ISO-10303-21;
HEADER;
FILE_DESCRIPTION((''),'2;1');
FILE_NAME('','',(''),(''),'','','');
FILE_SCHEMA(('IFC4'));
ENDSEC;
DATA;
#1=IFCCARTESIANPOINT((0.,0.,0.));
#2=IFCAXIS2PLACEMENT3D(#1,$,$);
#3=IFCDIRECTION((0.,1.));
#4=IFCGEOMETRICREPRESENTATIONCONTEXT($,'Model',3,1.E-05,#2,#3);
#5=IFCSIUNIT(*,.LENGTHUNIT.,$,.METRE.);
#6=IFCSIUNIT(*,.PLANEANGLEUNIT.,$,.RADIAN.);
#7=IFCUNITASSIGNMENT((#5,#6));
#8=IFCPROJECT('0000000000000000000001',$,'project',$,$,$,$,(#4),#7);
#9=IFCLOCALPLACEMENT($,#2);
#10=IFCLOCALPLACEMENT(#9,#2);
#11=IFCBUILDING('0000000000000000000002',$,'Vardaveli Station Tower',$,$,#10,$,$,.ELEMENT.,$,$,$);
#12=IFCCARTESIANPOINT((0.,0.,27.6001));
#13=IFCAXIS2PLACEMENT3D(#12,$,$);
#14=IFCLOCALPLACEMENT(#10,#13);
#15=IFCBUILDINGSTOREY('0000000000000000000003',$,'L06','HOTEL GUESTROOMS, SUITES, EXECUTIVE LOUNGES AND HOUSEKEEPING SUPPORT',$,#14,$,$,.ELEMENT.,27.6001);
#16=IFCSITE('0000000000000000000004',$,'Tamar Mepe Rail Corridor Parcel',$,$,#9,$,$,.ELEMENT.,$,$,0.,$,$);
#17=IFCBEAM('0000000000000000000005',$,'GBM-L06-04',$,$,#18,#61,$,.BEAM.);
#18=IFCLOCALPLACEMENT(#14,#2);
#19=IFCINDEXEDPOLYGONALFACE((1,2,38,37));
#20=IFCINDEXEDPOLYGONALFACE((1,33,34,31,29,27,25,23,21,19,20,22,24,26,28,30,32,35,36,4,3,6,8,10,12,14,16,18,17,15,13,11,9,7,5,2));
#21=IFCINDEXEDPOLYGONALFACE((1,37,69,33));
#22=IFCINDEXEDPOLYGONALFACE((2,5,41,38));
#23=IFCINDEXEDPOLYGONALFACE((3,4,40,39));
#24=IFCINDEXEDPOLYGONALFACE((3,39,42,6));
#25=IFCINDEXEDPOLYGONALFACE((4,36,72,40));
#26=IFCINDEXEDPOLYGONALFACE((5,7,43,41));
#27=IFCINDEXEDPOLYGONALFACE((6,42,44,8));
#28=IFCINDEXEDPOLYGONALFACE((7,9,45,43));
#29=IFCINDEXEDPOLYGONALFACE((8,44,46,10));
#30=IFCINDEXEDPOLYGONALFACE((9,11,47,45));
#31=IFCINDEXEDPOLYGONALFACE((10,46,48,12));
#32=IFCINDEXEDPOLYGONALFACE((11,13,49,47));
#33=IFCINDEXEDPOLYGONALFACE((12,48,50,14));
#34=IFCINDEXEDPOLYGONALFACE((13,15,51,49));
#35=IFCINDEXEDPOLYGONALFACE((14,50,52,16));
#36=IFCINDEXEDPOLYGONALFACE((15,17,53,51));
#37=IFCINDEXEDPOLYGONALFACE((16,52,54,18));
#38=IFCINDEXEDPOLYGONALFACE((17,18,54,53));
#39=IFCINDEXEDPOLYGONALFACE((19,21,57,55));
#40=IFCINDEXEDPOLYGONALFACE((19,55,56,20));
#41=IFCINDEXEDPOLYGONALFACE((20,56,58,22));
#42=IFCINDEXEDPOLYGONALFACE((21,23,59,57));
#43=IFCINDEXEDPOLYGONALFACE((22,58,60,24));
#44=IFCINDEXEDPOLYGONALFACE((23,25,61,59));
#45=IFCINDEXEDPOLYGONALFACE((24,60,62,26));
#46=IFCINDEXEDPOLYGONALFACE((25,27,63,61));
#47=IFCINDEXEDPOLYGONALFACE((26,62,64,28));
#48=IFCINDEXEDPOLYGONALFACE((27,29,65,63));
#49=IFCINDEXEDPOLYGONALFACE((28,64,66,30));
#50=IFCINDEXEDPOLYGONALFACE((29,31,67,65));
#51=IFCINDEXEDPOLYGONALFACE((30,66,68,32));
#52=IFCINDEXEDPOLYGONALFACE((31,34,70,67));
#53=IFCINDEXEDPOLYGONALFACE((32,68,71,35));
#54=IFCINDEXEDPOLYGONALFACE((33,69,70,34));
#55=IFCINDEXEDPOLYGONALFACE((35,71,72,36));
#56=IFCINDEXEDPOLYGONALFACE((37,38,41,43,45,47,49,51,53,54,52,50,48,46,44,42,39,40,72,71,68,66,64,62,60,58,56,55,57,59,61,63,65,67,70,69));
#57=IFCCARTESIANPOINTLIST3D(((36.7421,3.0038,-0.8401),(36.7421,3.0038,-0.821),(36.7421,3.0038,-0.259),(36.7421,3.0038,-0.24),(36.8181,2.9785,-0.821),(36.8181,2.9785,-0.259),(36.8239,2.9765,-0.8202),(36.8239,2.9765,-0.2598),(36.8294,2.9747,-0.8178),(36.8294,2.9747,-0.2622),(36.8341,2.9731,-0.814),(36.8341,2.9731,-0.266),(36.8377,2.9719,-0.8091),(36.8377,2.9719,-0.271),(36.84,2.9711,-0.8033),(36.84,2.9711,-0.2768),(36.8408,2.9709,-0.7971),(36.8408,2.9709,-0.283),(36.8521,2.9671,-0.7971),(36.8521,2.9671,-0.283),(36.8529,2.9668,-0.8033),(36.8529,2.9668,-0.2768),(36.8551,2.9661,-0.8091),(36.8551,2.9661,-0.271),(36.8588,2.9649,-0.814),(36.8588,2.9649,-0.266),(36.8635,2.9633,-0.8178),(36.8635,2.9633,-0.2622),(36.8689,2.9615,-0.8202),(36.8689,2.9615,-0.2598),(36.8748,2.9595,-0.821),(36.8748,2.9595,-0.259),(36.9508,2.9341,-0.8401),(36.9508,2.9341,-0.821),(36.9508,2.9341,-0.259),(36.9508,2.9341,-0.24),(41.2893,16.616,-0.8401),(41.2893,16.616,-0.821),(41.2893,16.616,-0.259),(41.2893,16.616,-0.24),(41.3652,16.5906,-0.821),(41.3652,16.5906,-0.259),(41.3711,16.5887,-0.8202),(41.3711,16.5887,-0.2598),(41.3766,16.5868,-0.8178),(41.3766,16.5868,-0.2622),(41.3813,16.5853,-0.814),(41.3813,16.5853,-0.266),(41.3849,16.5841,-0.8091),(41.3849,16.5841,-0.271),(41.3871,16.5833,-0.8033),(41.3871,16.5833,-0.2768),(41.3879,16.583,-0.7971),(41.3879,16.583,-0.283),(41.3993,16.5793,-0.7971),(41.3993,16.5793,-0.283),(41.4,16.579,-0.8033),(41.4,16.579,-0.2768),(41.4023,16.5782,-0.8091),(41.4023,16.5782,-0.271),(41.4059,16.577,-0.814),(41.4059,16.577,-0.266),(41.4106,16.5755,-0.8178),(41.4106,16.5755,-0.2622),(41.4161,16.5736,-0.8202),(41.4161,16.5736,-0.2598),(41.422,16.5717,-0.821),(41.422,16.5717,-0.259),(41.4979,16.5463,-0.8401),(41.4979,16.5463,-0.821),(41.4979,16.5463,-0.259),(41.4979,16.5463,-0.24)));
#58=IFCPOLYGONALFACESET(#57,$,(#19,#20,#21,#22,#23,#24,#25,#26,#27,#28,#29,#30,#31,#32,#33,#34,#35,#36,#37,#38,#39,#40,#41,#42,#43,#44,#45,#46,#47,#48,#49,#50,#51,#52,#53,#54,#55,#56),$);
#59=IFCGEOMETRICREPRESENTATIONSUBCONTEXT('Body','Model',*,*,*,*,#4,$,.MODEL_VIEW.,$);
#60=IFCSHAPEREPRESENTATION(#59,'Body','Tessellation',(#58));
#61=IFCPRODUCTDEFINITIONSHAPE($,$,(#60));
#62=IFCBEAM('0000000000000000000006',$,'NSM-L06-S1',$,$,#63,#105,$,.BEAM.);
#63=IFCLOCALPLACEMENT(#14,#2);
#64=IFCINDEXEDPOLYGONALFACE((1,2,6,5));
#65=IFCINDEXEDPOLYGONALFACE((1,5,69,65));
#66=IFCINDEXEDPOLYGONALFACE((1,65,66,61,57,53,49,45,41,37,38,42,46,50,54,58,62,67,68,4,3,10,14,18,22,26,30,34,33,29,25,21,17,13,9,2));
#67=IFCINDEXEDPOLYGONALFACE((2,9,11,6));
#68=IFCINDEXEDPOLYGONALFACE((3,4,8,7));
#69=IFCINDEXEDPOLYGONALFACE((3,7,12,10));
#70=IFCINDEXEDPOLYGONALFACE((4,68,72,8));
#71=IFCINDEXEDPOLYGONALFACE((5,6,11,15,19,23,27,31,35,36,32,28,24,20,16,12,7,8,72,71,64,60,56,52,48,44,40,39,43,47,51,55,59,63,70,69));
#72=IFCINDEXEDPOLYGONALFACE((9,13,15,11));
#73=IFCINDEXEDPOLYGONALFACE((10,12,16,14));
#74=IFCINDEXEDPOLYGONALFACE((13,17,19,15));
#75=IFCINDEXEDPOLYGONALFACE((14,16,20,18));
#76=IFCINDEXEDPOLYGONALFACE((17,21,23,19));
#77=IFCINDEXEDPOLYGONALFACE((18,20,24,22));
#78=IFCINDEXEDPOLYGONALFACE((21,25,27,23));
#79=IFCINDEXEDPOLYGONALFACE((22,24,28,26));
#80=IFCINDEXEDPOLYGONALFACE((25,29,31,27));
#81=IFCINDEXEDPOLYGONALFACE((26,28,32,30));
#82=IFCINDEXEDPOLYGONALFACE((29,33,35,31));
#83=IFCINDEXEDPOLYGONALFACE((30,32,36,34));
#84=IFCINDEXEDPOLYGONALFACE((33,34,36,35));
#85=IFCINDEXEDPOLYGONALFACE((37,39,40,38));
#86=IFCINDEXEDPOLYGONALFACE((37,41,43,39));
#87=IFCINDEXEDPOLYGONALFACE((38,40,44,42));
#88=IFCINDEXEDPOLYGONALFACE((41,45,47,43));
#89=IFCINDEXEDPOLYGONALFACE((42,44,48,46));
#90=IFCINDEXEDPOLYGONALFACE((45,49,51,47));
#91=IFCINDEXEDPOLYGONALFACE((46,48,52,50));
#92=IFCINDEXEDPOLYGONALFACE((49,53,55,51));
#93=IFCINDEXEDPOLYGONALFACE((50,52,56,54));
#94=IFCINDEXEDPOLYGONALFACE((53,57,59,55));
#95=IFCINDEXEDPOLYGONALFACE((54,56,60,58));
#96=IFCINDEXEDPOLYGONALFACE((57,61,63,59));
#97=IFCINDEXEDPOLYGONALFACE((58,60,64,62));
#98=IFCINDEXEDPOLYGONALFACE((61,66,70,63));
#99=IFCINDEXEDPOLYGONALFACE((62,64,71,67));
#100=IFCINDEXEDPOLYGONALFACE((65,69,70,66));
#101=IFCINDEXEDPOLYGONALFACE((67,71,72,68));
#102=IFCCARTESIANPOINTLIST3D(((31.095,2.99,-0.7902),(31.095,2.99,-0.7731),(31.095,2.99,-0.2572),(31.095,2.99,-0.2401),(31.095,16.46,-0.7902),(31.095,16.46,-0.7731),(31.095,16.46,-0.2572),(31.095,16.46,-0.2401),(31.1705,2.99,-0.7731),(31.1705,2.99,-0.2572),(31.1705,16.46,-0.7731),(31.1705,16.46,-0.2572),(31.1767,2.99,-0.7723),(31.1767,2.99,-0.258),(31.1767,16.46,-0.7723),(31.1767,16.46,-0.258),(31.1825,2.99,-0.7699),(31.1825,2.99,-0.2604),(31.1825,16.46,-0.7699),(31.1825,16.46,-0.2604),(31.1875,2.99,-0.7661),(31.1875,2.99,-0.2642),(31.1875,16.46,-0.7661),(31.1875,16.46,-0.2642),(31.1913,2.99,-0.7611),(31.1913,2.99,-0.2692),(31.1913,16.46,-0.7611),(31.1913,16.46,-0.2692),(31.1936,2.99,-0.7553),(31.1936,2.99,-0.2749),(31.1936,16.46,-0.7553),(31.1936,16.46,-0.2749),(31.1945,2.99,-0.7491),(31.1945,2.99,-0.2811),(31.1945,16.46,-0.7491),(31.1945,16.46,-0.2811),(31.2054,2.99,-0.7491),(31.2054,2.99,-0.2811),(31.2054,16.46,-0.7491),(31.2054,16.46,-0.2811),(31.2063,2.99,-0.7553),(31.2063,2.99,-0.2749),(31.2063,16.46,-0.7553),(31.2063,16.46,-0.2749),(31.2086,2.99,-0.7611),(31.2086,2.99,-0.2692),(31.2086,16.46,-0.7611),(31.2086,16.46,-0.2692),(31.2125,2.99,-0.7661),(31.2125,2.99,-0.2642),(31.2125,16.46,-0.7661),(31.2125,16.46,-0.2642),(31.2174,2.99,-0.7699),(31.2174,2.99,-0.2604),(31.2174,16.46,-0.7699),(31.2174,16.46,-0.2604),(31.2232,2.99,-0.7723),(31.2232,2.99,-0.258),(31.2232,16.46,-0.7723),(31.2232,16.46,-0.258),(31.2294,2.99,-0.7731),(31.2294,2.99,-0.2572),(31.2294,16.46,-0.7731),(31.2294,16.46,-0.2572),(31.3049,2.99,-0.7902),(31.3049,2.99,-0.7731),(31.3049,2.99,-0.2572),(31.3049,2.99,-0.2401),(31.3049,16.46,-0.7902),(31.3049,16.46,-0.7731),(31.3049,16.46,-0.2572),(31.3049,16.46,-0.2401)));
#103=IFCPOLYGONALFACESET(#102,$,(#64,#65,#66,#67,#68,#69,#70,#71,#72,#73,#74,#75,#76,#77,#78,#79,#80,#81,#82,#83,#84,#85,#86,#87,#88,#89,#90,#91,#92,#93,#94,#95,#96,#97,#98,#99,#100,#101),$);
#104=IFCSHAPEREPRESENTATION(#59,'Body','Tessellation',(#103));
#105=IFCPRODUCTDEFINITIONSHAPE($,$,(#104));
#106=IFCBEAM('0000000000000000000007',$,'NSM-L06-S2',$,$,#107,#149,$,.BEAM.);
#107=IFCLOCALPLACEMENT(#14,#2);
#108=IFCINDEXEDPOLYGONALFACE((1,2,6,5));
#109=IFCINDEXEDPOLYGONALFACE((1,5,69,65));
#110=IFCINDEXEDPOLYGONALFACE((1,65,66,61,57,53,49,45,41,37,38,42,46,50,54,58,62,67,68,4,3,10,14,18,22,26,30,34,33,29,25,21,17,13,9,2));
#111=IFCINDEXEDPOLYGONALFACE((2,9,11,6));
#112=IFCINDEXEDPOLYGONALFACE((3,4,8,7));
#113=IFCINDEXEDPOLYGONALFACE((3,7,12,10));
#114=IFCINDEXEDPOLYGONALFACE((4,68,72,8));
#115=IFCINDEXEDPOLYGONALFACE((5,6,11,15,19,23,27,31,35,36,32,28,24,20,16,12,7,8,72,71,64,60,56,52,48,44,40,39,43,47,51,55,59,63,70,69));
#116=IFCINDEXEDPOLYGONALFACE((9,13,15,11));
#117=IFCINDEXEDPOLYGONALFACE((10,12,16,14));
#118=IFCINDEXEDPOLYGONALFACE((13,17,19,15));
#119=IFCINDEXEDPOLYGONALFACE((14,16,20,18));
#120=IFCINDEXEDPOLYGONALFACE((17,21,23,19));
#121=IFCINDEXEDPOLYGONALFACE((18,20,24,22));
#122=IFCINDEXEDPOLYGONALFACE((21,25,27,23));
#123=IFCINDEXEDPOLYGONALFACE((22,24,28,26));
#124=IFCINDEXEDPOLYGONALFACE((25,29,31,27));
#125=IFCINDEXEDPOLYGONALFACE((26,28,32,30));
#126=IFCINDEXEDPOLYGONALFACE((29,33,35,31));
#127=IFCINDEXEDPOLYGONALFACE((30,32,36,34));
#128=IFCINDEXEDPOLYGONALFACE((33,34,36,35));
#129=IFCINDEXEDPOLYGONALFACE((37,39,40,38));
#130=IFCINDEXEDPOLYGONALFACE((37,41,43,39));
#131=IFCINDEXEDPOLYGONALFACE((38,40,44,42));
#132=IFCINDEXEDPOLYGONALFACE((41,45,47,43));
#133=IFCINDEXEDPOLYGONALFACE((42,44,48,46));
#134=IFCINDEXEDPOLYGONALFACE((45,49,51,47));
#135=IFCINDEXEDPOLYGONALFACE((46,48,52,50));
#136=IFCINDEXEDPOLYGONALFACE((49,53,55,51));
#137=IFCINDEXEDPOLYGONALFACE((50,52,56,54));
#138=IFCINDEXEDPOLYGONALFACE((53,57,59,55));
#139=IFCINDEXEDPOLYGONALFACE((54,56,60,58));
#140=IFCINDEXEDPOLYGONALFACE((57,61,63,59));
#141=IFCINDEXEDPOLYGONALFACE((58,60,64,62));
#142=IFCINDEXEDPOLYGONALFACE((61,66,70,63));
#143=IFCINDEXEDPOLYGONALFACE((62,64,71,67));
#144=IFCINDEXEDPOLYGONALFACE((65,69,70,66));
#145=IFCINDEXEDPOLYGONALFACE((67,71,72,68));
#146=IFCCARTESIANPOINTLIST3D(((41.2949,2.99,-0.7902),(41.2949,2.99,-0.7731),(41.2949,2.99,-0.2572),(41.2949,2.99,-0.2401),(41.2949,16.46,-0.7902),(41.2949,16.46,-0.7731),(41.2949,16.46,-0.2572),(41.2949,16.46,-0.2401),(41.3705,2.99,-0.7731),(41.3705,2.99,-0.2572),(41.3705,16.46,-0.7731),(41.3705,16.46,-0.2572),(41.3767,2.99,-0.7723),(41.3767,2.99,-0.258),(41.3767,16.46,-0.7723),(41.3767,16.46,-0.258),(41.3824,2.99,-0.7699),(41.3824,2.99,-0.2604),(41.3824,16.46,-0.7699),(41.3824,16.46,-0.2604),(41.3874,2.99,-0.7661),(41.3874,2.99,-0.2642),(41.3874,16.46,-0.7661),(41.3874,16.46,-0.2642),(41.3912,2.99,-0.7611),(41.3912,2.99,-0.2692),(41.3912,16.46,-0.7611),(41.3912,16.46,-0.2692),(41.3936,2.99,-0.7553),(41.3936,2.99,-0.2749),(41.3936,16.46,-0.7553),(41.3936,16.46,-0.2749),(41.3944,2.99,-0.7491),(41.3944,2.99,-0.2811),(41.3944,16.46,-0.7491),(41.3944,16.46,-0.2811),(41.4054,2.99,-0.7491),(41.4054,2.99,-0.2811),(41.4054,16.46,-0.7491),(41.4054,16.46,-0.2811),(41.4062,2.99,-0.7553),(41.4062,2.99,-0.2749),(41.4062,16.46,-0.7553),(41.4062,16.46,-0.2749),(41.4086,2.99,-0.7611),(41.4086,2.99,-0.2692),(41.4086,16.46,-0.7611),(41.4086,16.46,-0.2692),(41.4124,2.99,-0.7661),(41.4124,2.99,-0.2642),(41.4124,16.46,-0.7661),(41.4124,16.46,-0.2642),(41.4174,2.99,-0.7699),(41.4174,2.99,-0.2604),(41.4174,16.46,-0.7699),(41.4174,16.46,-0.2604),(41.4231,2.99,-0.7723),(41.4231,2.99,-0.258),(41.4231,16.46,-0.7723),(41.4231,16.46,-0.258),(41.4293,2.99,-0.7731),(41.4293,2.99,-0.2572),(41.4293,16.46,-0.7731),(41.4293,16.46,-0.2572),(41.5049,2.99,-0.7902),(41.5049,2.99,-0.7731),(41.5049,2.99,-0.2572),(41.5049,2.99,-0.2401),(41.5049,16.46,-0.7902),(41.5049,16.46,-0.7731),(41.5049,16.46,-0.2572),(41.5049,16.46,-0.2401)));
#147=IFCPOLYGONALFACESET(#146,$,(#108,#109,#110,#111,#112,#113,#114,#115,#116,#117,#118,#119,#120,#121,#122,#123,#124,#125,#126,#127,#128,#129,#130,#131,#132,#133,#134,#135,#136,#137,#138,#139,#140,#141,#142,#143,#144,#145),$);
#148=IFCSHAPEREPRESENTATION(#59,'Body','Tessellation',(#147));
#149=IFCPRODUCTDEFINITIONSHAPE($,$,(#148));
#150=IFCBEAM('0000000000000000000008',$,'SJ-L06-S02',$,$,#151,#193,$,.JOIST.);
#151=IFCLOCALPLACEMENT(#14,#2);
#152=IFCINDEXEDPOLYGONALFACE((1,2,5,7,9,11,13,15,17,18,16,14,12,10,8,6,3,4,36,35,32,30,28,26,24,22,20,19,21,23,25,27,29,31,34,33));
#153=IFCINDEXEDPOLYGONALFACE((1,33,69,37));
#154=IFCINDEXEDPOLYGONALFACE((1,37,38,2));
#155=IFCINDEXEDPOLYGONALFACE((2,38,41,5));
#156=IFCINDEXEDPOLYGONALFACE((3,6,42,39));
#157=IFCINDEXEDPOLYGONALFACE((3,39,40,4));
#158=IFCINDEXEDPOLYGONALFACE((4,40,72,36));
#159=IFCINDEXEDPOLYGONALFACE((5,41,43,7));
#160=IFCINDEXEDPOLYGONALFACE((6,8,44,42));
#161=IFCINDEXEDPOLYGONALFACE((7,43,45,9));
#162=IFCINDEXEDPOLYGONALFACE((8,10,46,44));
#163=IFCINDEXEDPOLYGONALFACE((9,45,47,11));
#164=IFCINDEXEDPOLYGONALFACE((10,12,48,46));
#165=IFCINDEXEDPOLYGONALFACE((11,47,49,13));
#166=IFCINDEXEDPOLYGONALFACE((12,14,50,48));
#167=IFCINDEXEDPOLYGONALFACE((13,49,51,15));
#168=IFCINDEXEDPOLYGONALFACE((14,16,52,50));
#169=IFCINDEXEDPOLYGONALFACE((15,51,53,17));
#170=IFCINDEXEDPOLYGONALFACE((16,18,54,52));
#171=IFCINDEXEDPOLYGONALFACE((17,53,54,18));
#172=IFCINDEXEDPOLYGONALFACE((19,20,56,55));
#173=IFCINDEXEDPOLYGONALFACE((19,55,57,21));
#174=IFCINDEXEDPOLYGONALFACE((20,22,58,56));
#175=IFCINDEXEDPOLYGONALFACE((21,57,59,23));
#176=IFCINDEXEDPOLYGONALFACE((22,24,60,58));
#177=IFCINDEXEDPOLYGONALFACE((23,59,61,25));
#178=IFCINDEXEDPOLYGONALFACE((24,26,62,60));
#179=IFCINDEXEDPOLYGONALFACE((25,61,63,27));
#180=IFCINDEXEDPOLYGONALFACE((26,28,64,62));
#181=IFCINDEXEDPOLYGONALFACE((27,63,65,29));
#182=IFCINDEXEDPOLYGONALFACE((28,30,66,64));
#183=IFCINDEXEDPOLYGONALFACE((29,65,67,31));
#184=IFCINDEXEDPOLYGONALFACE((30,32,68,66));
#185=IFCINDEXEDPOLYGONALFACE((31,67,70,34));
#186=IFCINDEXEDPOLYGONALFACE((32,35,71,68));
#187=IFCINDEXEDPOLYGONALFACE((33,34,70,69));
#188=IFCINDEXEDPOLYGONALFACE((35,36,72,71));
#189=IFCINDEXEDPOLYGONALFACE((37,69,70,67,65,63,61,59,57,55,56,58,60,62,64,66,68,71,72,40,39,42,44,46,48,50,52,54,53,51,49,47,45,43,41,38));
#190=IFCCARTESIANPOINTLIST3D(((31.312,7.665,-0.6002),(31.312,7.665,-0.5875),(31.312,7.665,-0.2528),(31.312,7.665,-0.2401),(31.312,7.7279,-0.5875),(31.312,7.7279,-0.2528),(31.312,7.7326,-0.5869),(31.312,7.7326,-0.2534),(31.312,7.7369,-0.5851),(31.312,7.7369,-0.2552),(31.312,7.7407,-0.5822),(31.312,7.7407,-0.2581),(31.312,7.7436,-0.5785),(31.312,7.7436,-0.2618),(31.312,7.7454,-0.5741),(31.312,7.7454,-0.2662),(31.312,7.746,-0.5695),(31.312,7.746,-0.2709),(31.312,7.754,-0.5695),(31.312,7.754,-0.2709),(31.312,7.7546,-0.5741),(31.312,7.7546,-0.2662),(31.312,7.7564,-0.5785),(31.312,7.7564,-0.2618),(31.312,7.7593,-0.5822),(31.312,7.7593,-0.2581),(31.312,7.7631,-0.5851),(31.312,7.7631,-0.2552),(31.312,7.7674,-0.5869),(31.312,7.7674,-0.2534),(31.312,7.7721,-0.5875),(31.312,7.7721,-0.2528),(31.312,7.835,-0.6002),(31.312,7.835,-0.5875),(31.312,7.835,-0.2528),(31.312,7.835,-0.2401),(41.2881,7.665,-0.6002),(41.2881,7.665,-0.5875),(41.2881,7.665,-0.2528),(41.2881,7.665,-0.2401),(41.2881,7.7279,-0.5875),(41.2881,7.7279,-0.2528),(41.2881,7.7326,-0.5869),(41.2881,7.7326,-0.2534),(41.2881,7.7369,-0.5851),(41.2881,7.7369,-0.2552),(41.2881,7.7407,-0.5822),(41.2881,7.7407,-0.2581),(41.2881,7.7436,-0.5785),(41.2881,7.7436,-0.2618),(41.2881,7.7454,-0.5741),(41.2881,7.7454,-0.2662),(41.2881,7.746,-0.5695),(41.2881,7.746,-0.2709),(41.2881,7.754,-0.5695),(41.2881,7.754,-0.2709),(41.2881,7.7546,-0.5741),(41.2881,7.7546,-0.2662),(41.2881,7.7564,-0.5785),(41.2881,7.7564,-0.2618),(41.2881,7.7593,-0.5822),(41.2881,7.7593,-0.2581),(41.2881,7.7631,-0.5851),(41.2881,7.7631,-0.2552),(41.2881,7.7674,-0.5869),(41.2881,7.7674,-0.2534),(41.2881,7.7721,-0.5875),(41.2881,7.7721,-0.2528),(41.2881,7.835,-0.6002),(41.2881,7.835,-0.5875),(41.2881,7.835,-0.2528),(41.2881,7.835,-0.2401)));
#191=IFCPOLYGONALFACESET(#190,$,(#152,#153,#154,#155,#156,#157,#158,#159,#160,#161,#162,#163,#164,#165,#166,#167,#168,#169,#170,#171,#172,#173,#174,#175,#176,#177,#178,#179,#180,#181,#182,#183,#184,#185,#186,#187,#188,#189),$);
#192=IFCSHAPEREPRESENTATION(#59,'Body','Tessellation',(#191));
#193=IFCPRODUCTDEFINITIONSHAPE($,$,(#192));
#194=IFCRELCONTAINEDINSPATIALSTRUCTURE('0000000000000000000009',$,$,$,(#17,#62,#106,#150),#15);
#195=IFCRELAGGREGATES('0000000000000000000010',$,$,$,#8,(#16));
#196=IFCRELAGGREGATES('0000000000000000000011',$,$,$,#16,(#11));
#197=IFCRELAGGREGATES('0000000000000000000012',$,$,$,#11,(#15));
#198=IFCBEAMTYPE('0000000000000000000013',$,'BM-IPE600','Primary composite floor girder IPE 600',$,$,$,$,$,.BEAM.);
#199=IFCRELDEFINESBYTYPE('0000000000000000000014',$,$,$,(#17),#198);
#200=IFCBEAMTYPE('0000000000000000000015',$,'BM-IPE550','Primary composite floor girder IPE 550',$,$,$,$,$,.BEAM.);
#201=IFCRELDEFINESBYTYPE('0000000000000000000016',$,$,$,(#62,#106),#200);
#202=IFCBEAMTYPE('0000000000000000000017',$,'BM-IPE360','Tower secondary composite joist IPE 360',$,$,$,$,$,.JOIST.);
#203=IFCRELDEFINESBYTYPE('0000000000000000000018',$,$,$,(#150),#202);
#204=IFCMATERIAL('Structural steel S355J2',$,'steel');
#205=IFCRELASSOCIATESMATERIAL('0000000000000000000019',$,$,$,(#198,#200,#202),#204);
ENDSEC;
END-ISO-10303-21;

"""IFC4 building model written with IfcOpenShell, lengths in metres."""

from ifc_helpers import new_model, si_unit, direction, frame, origin, origin_2d, place, context, subcontext, project, spatial, i_section, extrude, source, transform, mapped, material, material_profile, profile_set, type_object, element, save


model = new_model("IFC4")

# Units and contexts
model_context = context("Model", 3, precision=1e-05, world=origin(), true_north=direction((0.0, 1.0)))
body_context = subcontext(model_context, "Body", "Model", "MODEL_VIEW")
ifc_project = project(units=[si_unit("LENGTHUNIT", "METRE"), si_unit("PLANEANGLEUNIT", "RADIAN")], contexts=[model_context])

# Site, building, storey
site_placement = place(None, origin())
site = spatial("IfcSite", under=ifc_project, at=site_placement, Name="Tamar Mepe Rail Corridor Parcel", CompositionType="ELEMENT", RefElevation=0.0)
building_placement = place(site_placement, origin())
building = spatial("IfcBuilding", under=site, at=building_placement, Name="Vardaveli Station Tower", CompositionType="ELEMENT")
storey_placement = place(building_placement, frame((0.0, 0.0, 27.6001)))
storey = spatial("IfcBuildingStorey", under=building, at=storey_placement, Name="L06", Description="HOTEL GUESTROOMS, SUITES, EXECUTIVE LOUNGES AND HOUSEKEEPING SUPPORT", CompositionType="ELEMENT", Elevation=27.6001)

# Beams
ifc_material_1 = material(Name="Structural steel S355J2", Category="steel")
ifc_material_profile_1 = material_profile(ifc_material_1, i_section(OverallWidth=0.22, OverallDepth=0.6001, WebThickness=0.012, FlangeThickness=0.019, FilletRadius=0.0239, at=origin_2d()), Name="IPE 600")
ifc_profile_set_1 = profile_set([ifc_material_profile_1], Name="Structural steel S355J2")
beam_type_1 = type_object("IfcBeamType", Name="BM-IPE600", Description="Primary composite floor girder IPE 600", PredefinedType="BEAM", material=ifc_profile_set_1)
shared_shape_1 = source(origin(), body_context, "Body", "SweptSolid", [
    extrude(i_section(OverallWidth=0.22, OverallDepth=0.6001, WebThickness=0.012, FlangeThickness=0.019, FilletRadius=0.0239, at=origin_2d()), origin(), (0.0, 0.0, 1.0), 14.3516),
])
beam_1_placement = place(storey_placement, frame((36.8464, 2.969, -0.54), z_axis=(0.31684, 0.948479, 0.0), x_axis=(-0.948479, 0.31684, 0.0)))
element("IfcBeam", 1, at=beam_1_placement, inside=storey, type_object=beam_type_1, Name="GBM-L06-04", PredefinedType="BEAM", context=body_context, shape_type="MappedRepresentation", body=[
    mapped(shared_shape_1, transform((0.0, 0.0, 0.0), scale=1.0)),
])
ifc_material_profile_2 = material_profile(ifc_material_1, i_section(OverallWidth=0.21, OverallDepth=0.55, WebThickness=0.011, FlangeThickness=0.0171, FilletRadius=0.0239, at=origin_2d()), Name="IPE 550")
ifc_profile_set_2 = profile_set([ifc_material_profile_2], Name="Structural steel S355J2")
beam_type_2 = type_object("IfcBeamType", Name="BM-IPE550", Description="Primary composite floor girder IPE 550", PredefinedType="BEAM", material=ifc_profile_set_2)
shared_shape_2 = source(origin(), body_context, "Body", "SweptSolid", [
    extrude(i_section(OverallWidth=0.21, OverallDepth=0.55, WebThickness=0.011, FlangeThickness=0.0171, FilletRadius=0.0239, at=origin_2d()), origin(), (0.0, 0.0, 1.0), 13.47),
])
for number, where, z_axis, x_axis, name in (
    (2, (31.2, 2.99, -0.5151), (0.0, 1.0, 0.0), (-1.0, 0.0, 0.0), "NSM-L06-S1"),
    (3, (41.3999, 2.99, -0.5151), (0.0, 1.0, 0.0), (-1.0, 0.0, 0.0), "NSM-L06-S2"),
):
    element("IfcBeam", number, at=place(storey_placement, frame(where, z_axis=z_axis, x_axis=x_axis)), inside=storey, type_object=beam_type_2, Name=name, PredefinedType="BEAM", context=body_context, shape_type="MappedRepresentation", body=[
        mapped(shared_shape_2, transform((0.0, 0.0, 0.0), scale=1.0)),
    ])
ifc_material_profile_3 = material_profile(ifc_material_1, i_section(OverallWidth=0.1699, OverallDepth=0.3601, WebThickness=0.0081, FlangeThickness=0.0127, FilletRadius=0.0181, at=origin_2d()), Name="IPE 360")
ifc_profile_set_3 = profile_set([ifc_material_profile_3], Name="Structural steel S355J2")
beam_type_3 = type_object("IfcBeamType", Name="BM-IPE360", Description="Tower secondary composite joist IPE 360", PredefinedType="JOIST", material=ifc_profile_set_3)
shared_shape_3 = source(origin(), body_context, "Body", "SweptSolid", [
    extrude(i_section(OverallWidth=0.1699, OverallDepth=0.3601, WebThickness=0.0081, FlangeThickness=0.0127, FilletRadius=0.0181, at=origin_2d()), origin(), (0.0, 0.0, 1.0), 9.9761),
])
for number, where, z_axis, x_axis, name in (
    (4, (31.312, 7.75, -0.4202), (1.0, 0.0, 0.0), (0.0, 1.0, 0.0), "SJ-L06-S02"),
):
    element("IfcBeam", number, at=place(storey_placement, frame(where, z_axis=z_axis, x_axis=x_axis)), inside=storey, type_object=beam_type_3, Name=name, PredefinedType="JOIST", context=body_context, shape_type="MappedRepresentation", body=[
        mapped(shared_shape_3, transform((0.0, 0.0, 0.0), scale=1.0)),
    ])

save(model, "model.ifc")
